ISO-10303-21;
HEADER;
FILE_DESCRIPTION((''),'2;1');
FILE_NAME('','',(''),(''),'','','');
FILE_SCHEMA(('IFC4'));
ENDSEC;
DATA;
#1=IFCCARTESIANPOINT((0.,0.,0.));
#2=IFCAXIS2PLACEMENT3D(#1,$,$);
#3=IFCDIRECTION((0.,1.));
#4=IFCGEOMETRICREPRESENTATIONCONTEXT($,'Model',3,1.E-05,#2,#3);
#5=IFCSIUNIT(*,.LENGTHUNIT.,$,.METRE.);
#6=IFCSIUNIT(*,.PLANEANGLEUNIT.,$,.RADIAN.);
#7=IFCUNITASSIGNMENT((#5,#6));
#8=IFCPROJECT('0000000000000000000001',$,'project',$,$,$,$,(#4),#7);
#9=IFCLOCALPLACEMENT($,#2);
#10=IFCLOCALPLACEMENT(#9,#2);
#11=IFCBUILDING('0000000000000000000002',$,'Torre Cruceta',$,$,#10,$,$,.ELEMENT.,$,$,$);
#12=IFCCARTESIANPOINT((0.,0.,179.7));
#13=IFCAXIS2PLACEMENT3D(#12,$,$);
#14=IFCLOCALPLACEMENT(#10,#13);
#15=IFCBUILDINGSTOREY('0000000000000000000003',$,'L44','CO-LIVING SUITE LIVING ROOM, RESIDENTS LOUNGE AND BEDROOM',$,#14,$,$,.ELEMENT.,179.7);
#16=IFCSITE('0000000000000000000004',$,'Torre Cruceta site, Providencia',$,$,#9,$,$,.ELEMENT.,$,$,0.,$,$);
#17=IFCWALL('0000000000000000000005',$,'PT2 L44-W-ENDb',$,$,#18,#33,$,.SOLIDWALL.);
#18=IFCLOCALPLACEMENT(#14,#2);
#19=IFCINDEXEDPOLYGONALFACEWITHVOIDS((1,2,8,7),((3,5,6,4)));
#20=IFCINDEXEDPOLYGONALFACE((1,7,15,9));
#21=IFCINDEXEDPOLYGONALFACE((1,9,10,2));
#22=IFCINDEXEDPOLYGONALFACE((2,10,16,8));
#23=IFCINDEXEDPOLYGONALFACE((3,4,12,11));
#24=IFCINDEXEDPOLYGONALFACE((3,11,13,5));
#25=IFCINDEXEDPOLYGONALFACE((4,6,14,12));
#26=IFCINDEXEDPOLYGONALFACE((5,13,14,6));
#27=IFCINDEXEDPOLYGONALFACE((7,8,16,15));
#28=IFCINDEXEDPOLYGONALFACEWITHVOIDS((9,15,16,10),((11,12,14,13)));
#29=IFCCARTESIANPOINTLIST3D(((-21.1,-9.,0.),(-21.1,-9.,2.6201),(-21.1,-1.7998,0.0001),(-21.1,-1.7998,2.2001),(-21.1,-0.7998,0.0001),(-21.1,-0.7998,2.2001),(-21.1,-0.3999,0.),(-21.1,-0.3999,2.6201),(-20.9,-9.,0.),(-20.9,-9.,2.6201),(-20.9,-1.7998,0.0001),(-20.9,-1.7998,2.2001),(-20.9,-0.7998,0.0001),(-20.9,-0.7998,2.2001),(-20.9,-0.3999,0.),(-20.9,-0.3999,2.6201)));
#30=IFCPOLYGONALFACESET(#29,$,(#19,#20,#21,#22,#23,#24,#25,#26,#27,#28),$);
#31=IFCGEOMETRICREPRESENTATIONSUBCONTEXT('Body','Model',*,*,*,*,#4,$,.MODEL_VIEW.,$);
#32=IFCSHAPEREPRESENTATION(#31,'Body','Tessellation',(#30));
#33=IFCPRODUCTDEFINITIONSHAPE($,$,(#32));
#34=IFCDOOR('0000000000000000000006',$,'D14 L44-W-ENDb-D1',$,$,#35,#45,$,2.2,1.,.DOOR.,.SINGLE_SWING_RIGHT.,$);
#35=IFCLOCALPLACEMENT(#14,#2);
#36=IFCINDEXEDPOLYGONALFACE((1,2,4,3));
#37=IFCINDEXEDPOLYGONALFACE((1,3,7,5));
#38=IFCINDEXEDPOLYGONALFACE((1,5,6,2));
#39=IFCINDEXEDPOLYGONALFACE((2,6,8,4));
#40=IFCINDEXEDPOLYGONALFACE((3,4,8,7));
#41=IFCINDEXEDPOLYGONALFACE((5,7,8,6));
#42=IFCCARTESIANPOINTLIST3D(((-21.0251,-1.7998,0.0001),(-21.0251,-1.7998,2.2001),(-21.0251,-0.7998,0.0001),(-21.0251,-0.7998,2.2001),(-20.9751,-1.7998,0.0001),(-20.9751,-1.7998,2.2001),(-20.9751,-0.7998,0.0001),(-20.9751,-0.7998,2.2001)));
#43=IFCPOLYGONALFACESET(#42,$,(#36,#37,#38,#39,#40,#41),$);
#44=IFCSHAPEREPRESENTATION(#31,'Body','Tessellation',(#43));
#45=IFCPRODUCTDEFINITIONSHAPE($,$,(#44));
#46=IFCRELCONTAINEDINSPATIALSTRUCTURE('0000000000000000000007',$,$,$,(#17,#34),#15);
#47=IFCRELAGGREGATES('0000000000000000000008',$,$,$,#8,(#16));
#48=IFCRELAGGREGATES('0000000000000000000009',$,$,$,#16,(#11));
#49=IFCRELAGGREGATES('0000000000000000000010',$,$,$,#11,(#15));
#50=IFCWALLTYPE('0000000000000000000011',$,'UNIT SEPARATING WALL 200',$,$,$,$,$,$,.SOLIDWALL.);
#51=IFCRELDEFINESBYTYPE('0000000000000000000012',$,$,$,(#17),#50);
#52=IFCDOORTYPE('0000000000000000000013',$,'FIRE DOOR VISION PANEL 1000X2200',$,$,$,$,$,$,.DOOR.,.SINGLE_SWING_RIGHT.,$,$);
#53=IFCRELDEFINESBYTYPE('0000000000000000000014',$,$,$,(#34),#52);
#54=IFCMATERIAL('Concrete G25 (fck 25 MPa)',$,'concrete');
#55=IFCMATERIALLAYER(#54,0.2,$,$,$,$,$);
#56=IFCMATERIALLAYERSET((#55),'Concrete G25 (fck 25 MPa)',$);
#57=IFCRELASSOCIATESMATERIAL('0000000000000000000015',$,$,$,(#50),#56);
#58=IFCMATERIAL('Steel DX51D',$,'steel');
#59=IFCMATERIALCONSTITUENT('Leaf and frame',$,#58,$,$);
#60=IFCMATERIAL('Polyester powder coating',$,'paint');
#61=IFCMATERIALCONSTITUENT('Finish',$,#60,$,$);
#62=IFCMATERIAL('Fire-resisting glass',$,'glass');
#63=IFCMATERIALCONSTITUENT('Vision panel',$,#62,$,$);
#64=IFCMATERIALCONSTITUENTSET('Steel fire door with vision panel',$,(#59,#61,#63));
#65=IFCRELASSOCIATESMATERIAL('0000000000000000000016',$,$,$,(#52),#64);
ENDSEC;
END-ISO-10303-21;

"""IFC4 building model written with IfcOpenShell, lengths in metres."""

from ifc_helpers import new_model, si_unit, direction, frame, frame_2d, origin, place, context, subcontext, project, spatial, rectangle, extrude, material, layer, layer_set, constituent, constituent_set, type_object, element, fill, save


model = new_model("IFC4")

# Units and contexts
model_context = context("Model", 3, precision=1e-05, world=origin(), true_north=direction((0.0, 1.0)))
body_context = subcontext(model_context, "Body", "Model", "MODEL_VIEW")
ifc_project = project(units=[si_unit("LENGTHUNIT", "METRE"), si_unit("PLANEANGLEUNIT", "RADIAN")], contexts=[model_context])

# Site, building, storey
site_placement = place(None, origin())
site = spatial("IfcSite", under=ifc_project, at=site_placement, Name="Torre Cruceta site, Providencia", CompositionType="ELEMENT", RefElevation=0.0)
building_placement = place(site_placement, origin())
building = spatial("IfcBuilding", under=site, at=building_placement, Name="Torre Cruceta", CompositionType="ELEMENT")
storey_placement = place(building_placement, frame((0.0, 0.0, 179.7)))
storey = spatial("IfcBuildingStorey", under=building, at=storey_placement, Name="L44", Description="CO-LIVING SUITE LIVING ROOM, RESIDENTS LOUNGE AND BEDROOM", CompositionType="ELEMENT", Elevation=179.7)

# Shared definitions
ifc_material_1 = material(Name="Concrete G25 (fck 25 MPa)", Category="concrete")
ifc_layer_1 = layer(ifc_material_1, 0.2)
ifc_layer_set_1 = layer_set([ifc_layer_1], Name="Concrete G25 (fck 25 MPa)")
wall_type_1 = type_object("IfcWallType", Name="UNIT SEPARATING WALL 200", PredefinedType="SOLIDWALL", material=ifc_layer_set_1)

# Wall, opening, door
wall_1_placement = place(storey_placement, frame((-21.0, -0.3999, 0.0), z_axis=(0.0, 0.0, 1.0), x_axis=(0.0, -1.0, 0.0)))
wall_1 = element("IfcWall", 1, at=wall_1_placement, inside=storey, type_object=wall_type_1, Name="PT2 L44-W-ENDb", PredefinedType="SOLIDWALL", context=body_context, shape_type="SweptSolid", body=[
    extrude(rectangle(XDim=8.6001, YDim=0.2, at=frame_2d((4.3, 0.0))), origin(), (0.0, 0.0, 1.0), 2.6201),
])
opening_1_placement = place(wall_1_placement, frame((0.3999, 0.0, 0.0)))
opening_1 = element("IfcOpeningElement", 2, at=opening_1_placement, cuts=wall_1, PredefinedType="OPENING", context=body_context, shape_type="SweptSolid", body=[
    extrude(rectangle(XDim=1.0, YDim=2.2, at=frame_2d((0.5, 1.1001))), frame((0.0, 0.1099, 0.0), z_axis=(0.0, -1.0, 0.0), x_axis=(1.0, 0.0, 0.0)), (0.0, 0.0, 1.0), 0.22),
])
ifc_material_2 = material(Name="Steel DX51D", Category="steel")
ifc_constituent_1 = constituent(ifc_material_2, Name="Leaf and frame")
ifc_material_3 = material(Name="Polyester powder coating", Category="paint")
ifc_constituent_2 = constituent(ifc_material_3, Name="Finish")
ifc_material_4 = material(Name="Fire-resisting glass", Category="glass")
ifc_constituent_3 = constituent(ifc_material_4, Name="Vision panel")
ifc_constituent_set_1 = constituent_set(constituents=[ifc_constituent_1, ifc_constituent_2, ifc_constituent_3], Name="Steel fire door with vision panel")
door_type_1 = type_object("IfcDoorType", Name="FIRE DOOR VISION PANEL 1000X2200", OperationType="SINGLE_SWING_RIGHT", PredefinedType="DOOR", material=ifc_constituent_set_1)
door_1_placement = place(opening_1_placement, frame((1.0, 0.0, 0.0), z_axis=(0.0, 0.0, 1.0), x_axis=(-1.0, 0.0, 0.0)))
door_1 = element("IfcDoor", 3, at=door_1_placement, inside=storey, type_object=door_type_1, Name="D14 L44-W-ENDb-D1", OperationType="SINGLE_SWING_RIGHT", OverallHeight=2.2, OverallWidth=1.0, PredefinedType="DOOR", context=body_context, shape_type="SweptSolid", body=[
    extrude(rectangle(XDim=1.0, YDim=2.2, at=frame_2d((0.5, 1.1001))), frame((0.0, 0.0251, 0.0), z_axis=(0.0, -1.0, 0.0), x_axis=(1.0, 0.0, 0.0)), (0.0, 0.0, 1.0), 0.05),
])
fill(opening_1, door_1)

save(model, "model.ifc")
